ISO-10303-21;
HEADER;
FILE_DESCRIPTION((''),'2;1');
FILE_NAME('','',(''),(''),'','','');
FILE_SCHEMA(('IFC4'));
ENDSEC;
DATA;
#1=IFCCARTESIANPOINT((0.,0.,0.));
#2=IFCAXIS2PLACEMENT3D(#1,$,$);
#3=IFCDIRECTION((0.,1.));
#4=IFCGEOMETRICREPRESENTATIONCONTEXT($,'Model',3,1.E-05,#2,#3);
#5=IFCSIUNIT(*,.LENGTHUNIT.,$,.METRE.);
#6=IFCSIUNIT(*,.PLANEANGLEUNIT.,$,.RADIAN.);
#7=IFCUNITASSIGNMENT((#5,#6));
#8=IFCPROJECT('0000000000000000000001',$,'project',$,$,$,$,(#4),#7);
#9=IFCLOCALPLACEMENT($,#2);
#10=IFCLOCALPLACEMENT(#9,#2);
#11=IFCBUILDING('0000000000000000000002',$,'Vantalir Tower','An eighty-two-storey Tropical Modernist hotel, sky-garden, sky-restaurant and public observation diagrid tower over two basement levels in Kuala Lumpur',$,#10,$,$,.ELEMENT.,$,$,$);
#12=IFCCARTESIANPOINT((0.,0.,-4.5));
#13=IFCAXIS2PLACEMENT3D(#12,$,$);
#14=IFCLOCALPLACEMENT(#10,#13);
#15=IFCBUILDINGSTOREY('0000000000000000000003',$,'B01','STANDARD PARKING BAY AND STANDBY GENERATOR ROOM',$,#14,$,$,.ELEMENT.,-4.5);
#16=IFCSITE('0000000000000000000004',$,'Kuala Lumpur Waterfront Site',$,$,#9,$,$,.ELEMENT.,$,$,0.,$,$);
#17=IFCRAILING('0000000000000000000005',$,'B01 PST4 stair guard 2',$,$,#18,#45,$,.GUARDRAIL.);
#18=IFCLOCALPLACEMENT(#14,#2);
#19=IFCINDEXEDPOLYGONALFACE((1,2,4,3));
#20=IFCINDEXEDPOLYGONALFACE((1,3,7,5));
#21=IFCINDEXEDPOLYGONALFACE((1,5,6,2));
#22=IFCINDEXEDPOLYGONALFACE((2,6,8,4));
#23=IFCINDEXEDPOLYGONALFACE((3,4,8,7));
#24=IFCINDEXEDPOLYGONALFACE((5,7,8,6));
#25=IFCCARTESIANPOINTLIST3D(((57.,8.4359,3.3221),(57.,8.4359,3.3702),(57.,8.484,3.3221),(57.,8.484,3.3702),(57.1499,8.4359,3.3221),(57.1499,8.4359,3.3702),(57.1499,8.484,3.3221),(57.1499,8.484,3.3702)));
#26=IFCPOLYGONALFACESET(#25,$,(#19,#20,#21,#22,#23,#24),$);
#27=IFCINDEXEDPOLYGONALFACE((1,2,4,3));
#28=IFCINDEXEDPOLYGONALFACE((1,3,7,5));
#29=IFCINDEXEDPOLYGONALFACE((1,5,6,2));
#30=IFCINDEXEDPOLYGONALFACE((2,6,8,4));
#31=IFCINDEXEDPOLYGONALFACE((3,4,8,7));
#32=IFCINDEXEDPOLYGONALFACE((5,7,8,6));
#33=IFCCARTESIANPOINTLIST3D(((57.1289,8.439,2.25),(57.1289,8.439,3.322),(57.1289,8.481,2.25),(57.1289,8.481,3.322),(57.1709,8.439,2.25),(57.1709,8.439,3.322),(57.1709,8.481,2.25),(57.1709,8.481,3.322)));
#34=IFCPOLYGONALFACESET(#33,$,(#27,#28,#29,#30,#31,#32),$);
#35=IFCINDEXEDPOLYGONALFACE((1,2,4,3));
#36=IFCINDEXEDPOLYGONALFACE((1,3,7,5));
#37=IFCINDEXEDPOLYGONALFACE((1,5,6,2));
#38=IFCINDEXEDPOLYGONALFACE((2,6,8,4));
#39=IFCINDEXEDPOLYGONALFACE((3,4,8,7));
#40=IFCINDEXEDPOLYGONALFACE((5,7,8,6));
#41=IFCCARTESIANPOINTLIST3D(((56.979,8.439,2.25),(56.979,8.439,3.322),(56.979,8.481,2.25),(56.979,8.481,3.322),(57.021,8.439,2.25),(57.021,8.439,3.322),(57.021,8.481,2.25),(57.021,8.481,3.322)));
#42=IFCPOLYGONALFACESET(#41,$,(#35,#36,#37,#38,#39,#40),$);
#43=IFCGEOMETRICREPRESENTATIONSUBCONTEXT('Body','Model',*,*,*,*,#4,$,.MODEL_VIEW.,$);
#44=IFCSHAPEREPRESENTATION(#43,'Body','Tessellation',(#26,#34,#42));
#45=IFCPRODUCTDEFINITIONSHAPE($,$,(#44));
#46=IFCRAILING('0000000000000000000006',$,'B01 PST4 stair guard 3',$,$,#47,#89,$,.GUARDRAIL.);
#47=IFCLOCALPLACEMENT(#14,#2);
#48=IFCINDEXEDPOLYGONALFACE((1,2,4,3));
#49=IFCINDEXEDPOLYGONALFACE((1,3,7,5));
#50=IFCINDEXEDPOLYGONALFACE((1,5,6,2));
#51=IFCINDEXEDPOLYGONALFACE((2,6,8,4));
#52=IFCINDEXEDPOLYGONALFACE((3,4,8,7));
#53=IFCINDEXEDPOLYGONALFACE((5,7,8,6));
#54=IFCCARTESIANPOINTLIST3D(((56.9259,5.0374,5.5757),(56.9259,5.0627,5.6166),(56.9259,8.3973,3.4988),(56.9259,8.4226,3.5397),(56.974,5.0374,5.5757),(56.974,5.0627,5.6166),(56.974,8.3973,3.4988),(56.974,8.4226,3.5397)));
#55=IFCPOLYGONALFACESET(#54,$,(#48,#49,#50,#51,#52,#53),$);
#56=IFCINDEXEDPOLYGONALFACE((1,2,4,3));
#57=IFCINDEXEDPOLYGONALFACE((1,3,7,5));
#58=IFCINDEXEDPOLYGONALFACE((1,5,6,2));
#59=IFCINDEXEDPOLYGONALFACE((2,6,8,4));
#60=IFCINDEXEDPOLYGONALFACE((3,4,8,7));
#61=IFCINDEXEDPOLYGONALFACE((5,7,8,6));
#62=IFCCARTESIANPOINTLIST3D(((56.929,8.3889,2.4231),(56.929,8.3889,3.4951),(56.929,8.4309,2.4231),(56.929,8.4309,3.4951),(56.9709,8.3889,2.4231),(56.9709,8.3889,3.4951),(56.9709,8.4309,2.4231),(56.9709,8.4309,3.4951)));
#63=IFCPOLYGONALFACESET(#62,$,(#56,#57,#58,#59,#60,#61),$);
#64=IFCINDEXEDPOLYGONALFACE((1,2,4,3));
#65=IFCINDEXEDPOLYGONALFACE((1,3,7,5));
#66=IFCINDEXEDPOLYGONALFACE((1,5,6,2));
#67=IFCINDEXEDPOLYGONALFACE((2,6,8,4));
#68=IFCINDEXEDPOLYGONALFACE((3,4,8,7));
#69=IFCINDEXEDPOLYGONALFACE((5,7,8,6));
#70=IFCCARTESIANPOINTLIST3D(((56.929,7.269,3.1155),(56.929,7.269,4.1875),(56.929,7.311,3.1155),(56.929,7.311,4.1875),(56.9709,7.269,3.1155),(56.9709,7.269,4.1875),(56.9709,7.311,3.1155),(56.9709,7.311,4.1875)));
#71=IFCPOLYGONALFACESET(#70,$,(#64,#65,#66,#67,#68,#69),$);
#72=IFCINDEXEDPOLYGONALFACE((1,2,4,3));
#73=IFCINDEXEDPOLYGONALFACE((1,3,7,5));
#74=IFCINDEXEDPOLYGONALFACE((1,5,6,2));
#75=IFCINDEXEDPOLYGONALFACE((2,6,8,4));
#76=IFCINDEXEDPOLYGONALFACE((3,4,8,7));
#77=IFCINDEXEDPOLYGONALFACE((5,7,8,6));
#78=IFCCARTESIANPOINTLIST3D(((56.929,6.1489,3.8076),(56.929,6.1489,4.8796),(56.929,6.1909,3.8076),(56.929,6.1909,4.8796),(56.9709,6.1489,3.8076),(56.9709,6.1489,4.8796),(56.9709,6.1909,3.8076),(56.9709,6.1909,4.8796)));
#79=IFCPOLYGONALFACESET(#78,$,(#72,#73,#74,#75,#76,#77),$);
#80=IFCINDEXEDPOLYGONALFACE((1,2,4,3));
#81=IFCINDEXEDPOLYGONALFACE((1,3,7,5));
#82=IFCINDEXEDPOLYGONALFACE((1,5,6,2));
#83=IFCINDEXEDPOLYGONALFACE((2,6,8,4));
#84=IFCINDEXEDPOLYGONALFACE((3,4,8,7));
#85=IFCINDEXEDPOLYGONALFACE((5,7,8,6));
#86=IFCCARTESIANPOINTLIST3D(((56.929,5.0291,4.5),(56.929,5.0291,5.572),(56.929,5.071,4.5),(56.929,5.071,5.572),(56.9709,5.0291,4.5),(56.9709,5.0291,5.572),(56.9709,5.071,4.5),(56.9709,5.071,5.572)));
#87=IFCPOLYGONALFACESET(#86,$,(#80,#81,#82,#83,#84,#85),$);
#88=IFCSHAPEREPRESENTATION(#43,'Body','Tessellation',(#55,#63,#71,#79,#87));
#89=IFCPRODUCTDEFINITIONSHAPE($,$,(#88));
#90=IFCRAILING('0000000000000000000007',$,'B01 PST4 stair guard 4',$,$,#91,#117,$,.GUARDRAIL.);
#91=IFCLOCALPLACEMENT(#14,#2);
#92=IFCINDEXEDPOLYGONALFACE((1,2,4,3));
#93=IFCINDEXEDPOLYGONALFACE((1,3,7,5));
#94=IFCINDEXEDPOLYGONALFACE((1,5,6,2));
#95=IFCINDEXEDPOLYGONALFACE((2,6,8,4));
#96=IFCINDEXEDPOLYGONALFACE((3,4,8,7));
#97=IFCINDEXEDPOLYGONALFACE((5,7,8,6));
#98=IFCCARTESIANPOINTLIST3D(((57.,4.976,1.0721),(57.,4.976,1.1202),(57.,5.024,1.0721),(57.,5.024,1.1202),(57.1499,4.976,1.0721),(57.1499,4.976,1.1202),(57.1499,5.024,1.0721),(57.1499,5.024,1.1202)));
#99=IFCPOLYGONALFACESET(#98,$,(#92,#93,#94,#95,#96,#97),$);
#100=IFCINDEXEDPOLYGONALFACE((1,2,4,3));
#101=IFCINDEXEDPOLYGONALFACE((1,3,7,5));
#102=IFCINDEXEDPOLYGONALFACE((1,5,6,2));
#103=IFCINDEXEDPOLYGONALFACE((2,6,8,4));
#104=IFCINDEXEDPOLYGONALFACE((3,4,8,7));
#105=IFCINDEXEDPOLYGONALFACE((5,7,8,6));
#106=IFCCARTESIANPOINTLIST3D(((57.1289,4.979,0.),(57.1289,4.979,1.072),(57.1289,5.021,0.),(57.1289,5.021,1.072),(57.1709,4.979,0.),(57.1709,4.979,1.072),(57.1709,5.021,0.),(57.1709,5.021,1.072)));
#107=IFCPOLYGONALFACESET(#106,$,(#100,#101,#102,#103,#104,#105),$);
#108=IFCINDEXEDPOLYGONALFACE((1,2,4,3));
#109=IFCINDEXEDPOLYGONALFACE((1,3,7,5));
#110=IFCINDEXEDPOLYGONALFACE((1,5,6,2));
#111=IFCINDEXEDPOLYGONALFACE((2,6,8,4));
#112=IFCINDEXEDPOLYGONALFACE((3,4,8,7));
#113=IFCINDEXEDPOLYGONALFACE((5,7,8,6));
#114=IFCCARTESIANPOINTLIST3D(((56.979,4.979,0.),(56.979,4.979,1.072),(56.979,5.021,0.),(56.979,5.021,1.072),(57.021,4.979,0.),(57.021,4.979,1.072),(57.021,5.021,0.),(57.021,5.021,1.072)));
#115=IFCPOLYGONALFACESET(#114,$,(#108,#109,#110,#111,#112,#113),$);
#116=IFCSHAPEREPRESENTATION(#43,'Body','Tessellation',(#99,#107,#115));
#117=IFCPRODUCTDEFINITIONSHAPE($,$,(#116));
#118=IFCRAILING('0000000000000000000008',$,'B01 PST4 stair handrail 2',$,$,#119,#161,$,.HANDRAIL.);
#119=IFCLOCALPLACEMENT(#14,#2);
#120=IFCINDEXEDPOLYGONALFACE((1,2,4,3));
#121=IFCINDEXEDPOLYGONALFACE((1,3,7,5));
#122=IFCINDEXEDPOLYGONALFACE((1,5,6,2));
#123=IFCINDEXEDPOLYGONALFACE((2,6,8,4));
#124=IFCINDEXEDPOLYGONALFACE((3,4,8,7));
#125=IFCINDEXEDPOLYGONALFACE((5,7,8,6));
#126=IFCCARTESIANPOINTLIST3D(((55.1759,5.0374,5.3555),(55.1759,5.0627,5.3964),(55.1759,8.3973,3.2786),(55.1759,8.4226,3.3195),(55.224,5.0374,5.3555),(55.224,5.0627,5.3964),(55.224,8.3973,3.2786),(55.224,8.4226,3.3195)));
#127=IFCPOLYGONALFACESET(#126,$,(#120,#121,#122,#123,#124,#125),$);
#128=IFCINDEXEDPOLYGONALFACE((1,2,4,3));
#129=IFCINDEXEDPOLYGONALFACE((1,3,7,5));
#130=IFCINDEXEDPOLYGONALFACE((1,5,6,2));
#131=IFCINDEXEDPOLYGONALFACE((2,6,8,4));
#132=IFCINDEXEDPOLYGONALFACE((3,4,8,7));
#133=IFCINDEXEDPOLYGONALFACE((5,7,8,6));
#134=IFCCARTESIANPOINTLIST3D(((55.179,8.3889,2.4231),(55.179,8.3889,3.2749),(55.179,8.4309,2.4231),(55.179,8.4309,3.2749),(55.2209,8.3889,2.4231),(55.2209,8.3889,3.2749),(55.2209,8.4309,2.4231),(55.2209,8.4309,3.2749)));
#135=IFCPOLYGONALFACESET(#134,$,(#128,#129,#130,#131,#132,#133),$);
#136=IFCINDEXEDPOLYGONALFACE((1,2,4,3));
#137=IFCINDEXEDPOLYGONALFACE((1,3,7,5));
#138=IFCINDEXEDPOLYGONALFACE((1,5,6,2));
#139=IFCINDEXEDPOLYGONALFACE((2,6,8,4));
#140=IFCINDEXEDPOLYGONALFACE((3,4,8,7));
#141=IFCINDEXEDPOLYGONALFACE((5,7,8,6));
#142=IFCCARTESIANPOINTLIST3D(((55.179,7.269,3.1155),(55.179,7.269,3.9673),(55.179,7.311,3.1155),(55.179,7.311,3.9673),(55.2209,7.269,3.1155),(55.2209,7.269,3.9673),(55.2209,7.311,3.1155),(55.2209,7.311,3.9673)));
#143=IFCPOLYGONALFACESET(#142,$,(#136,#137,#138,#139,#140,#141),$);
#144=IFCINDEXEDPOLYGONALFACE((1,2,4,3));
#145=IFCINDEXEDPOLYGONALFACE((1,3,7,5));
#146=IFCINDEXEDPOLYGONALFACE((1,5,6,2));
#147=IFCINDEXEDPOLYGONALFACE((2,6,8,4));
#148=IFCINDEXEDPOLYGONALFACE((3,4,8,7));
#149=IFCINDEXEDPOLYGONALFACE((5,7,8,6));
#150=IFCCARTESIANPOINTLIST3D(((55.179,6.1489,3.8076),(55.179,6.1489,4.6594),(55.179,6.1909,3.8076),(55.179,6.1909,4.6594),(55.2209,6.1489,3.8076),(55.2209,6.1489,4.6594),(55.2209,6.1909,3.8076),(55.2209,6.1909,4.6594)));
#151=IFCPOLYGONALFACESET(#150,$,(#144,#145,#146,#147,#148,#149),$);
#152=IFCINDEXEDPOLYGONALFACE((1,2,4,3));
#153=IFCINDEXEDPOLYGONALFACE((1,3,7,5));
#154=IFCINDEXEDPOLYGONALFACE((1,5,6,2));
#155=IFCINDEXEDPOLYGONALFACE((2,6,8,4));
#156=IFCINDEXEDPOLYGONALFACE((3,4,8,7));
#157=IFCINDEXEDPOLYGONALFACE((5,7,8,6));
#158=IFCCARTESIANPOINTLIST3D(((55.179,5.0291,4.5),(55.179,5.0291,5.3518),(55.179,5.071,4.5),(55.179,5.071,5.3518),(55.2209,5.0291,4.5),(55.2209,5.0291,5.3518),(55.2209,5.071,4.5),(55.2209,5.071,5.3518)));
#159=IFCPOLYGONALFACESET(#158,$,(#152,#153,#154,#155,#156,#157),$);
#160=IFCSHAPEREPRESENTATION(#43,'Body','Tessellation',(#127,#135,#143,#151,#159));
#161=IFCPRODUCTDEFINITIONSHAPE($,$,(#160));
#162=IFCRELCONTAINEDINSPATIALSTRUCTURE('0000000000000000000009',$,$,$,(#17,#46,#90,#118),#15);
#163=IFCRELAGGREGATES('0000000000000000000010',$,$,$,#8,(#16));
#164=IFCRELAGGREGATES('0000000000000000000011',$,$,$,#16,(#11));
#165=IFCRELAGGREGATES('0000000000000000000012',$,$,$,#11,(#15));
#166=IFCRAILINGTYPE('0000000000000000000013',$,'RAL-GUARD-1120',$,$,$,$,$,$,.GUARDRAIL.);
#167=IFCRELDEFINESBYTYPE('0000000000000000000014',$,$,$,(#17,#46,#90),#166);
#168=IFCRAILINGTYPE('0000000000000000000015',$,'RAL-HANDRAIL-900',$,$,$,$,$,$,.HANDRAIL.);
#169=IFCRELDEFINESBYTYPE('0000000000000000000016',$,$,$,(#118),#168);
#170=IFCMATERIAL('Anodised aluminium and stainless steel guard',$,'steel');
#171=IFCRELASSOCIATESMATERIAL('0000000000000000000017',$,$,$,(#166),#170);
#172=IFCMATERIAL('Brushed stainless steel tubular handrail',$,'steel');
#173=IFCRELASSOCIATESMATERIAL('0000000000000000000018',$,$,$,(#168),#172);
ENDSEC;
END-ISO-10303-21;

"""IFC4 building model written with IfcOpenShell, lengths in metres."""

from ifc_helpers import new_model, si_unit, direction, frame, origin, origin_2d, place, context, subcontext, project, spatial, rectangle, extrude, material, type_object, element, save


model = new_model("IFC4")

# Units and contexts
model_context = context("Model", 3, precision=1e-05, world=origin(), true_north=direction((0.0, 1.0)))
body_context = subcontext(model_context, "Body", "Model", "MODEL_VIEW")
ifc_project = project(units=[si_unit("LENGTHUNIT", "METRE"), si_unit("PLANEANGLEUNIT", "RADIAN")], contexts=[model_context])

# Site, building, storey
site_placement = place(None, origin())
site = spatial("IfcSite", under=ifc_project, at=site_placement, Name="Kuala Lumpur Waterfront Site", CompositionType="ELEMENT", RefElevation=0.0)
building_placement = place(site_placement, origin())
building = spatial("IfcBuilding", under=site, at=building_placement, Name="Vantalir Tower", Description="An eighty-two-storey Tropical Modernist hotel, sky-garden, sky-restaurant and public observation diagrid tower over two basement levels in Kuala Lumpur", CompositionType="ELEMENT")
storey_placement = place(building_placement, frame((0.0, 0.0, -4.5)))
storey = spatial("IfcBuildingStorey", under=building, at=storey_placement, Name="B01", Description="STANDARD PARKING BAY AND STANDBY GENERATOR ROOM", CompositionType="ELEMENT", Elevation=-4.5)

# Railings
ifc_material_1 = material(Name="Anodised aluminium and stainless steel guard", Category="steel")
railing_type_1 = type_object("IfcRailingType", Name="RAL-GUARD-1120", PredefinedType="GUARDRAIL", material=ifc_material_1)
railing_1_placement = place(storey_placement, frame((57.1499, 8.46, 2.25)))
element("IfcRailing", 1, at=railing_1_placement, inside=storey, type_object=railing_type_1, Name="B01 PST4 stair guard 2", PredefinedType="GUARDRAIL", context=body_context, shape_type="SweptSolid", body=[
    extrude(rectangle(XDim=0.0481, YDim=0.0481, at=origin_2d()), frame((0.0, 0.0, 1.0962), z_axis=(-1.0, 0.0, 0.0), x_axis=(0.0, -1.0, 0.0)), (0.0, 0.0, 1.0), 0.1499),
    extrude(rectangle(XDim=0.042, YDim=0.042, at=origin_2d()), origin(), (0.0, 0.0, 1.0), 1.072),
    extrude(rectangle(XDim=0.042, YDim=0.042, at=origin_2d()), frame((-0.1499, 0.0, 0.0)), (0.0, 0.0, 1.0), 1.072),
])
railing_2_placement = place(storey_placement, frame((56.95, 8.4099, 2.4231)))
element("IfcRailing", 2, at=railing_2_placement, inside=storey, type_object=railing_type_1, Name="B01 PST4 stair guard 3", PredefinedType="GUARDRAIL", context=body_context, shape_type="SweptSolid", body=[
    extrude(rectangle(XDim=0.0481, YDim=0.0481, at=origin_2d()), frame((0.0, 0.0, 1.0962), z_axis=(0.0, -0.850606, 0.525803), x_axis=(1.0, 0.0, 0.0)), (0.0, 0.0, 1.0), 3.95),
    extrude(rectangle(XDim=0.042, YDim=0.042, at=origin_2d()), origin(), (0.0, 0.0, 1.0), 1.072),
    extrude(rectangle(XDim=0.042, YDim=0.042, at=origin_2d()), frame((0.0, -1.1199, 0.6924)), (0.0, 0.0, 1.0), 1.072),
    extrude(rectangle(XDim=0.042, YDim=0.042, at=origin_2d()), frame((0.0, -2.24, 1.3845)), (0.0, 0.0, 1.0), 1.072),
    extrude(rectangle(XDim=0.042, YDim=0.042, at=origin_2d()), frame((0.0, -3.3599, 2.0769)), (0.0, 0.0, 1.0), 1.072),
])
railing_3_placement = place(storey_placement, frame((57.1499, 5.0, 0.0)))
element("IfcRailing", 3, at=railing_3_placement, inside=storey, type_object=railing_type_1, Name="B01 PST4 stair guard 4", PredefinedType="GUARDRAIL", context=body_context, shape_type="SweptSolid", body=[
    extrude(rectangle(XDim=0.0481, YDim=0.0481, at=origin_2d()), frame((0.0, 0.0, 1.0962), z_axis=(-1.0, 0.0, 0.0), x_axis=(0.0, -1.0, 0.0)), (0.0, 0.0, 1.0), 0.1499),
    extrude(rectangle(XDim=0.042, YDim=0.042, at=origin_2d()), origin(), (0.0, 0.0, 1.0), 1.072),
    extrude(rectangle(XDim=0.042, YDim=0.042, at=origin_2d()), frame((-0.1499, 0.0, 0.0)), (0.0, 0.0, 1.0), 1.072),
])
ifc_material_2 = material(Name="Brushed stainless steel tubular handrail", Category="steel")
railing_type_2 = type_object("IfcRailingType", Name="RAL-HANDRAIL-900", PredefinedType="HANDRAIL", material=ifc_material_2)
railing_4_placement = place(storey_placement, frame((55.2, 8.4099, 2.4231)))
element("IfcRailing", 4, at=railing_4_placement, inside=storey, type_object=railing_type_2, Name="B01 PST4 stair handrail 2", PredefinedType="HANDRAIL", context=body_context, shape_type="SweptSolid", body=[
    extrude(rectangle(XDim=0.0481, YDim=0.0481, at=origin_2d()), frame((0.0, 0.0, 0.876), z_axis=(0.0, -0.850606, 0.525803), x_axis=(1.0, 0.0, 0.0)), (0.0, 0.0, 1.0), 3.95),
    extrude(rectangle(XDim=0.042, YDim=0.042, at=origin_2d()), origin(), (0.0, 0.0, 1.0), 0.8518),
    extrude(rectangle(XDim=0.042, YDim=0.042, at=origin_2d()), frame((0.0, -1.1199, 0.6924)), (0.0, 0.0, 1.0), 0.8518),
    extrude(rectangle(XDim=0.042, YDim=0.042, at=origin_2d()), frame((0.0, -2.24, 1.3845)), (0.0, 0.0, 1.0), 0.8518),
    extrude(rectangle(XDim=0.042, YDim=0.042, at=origin_2d()), frame((0.0, -3.3599, 2.0769)), (0.0, 0.0, 1.0), 0.8518),
])

save(model, "model.ifc")
